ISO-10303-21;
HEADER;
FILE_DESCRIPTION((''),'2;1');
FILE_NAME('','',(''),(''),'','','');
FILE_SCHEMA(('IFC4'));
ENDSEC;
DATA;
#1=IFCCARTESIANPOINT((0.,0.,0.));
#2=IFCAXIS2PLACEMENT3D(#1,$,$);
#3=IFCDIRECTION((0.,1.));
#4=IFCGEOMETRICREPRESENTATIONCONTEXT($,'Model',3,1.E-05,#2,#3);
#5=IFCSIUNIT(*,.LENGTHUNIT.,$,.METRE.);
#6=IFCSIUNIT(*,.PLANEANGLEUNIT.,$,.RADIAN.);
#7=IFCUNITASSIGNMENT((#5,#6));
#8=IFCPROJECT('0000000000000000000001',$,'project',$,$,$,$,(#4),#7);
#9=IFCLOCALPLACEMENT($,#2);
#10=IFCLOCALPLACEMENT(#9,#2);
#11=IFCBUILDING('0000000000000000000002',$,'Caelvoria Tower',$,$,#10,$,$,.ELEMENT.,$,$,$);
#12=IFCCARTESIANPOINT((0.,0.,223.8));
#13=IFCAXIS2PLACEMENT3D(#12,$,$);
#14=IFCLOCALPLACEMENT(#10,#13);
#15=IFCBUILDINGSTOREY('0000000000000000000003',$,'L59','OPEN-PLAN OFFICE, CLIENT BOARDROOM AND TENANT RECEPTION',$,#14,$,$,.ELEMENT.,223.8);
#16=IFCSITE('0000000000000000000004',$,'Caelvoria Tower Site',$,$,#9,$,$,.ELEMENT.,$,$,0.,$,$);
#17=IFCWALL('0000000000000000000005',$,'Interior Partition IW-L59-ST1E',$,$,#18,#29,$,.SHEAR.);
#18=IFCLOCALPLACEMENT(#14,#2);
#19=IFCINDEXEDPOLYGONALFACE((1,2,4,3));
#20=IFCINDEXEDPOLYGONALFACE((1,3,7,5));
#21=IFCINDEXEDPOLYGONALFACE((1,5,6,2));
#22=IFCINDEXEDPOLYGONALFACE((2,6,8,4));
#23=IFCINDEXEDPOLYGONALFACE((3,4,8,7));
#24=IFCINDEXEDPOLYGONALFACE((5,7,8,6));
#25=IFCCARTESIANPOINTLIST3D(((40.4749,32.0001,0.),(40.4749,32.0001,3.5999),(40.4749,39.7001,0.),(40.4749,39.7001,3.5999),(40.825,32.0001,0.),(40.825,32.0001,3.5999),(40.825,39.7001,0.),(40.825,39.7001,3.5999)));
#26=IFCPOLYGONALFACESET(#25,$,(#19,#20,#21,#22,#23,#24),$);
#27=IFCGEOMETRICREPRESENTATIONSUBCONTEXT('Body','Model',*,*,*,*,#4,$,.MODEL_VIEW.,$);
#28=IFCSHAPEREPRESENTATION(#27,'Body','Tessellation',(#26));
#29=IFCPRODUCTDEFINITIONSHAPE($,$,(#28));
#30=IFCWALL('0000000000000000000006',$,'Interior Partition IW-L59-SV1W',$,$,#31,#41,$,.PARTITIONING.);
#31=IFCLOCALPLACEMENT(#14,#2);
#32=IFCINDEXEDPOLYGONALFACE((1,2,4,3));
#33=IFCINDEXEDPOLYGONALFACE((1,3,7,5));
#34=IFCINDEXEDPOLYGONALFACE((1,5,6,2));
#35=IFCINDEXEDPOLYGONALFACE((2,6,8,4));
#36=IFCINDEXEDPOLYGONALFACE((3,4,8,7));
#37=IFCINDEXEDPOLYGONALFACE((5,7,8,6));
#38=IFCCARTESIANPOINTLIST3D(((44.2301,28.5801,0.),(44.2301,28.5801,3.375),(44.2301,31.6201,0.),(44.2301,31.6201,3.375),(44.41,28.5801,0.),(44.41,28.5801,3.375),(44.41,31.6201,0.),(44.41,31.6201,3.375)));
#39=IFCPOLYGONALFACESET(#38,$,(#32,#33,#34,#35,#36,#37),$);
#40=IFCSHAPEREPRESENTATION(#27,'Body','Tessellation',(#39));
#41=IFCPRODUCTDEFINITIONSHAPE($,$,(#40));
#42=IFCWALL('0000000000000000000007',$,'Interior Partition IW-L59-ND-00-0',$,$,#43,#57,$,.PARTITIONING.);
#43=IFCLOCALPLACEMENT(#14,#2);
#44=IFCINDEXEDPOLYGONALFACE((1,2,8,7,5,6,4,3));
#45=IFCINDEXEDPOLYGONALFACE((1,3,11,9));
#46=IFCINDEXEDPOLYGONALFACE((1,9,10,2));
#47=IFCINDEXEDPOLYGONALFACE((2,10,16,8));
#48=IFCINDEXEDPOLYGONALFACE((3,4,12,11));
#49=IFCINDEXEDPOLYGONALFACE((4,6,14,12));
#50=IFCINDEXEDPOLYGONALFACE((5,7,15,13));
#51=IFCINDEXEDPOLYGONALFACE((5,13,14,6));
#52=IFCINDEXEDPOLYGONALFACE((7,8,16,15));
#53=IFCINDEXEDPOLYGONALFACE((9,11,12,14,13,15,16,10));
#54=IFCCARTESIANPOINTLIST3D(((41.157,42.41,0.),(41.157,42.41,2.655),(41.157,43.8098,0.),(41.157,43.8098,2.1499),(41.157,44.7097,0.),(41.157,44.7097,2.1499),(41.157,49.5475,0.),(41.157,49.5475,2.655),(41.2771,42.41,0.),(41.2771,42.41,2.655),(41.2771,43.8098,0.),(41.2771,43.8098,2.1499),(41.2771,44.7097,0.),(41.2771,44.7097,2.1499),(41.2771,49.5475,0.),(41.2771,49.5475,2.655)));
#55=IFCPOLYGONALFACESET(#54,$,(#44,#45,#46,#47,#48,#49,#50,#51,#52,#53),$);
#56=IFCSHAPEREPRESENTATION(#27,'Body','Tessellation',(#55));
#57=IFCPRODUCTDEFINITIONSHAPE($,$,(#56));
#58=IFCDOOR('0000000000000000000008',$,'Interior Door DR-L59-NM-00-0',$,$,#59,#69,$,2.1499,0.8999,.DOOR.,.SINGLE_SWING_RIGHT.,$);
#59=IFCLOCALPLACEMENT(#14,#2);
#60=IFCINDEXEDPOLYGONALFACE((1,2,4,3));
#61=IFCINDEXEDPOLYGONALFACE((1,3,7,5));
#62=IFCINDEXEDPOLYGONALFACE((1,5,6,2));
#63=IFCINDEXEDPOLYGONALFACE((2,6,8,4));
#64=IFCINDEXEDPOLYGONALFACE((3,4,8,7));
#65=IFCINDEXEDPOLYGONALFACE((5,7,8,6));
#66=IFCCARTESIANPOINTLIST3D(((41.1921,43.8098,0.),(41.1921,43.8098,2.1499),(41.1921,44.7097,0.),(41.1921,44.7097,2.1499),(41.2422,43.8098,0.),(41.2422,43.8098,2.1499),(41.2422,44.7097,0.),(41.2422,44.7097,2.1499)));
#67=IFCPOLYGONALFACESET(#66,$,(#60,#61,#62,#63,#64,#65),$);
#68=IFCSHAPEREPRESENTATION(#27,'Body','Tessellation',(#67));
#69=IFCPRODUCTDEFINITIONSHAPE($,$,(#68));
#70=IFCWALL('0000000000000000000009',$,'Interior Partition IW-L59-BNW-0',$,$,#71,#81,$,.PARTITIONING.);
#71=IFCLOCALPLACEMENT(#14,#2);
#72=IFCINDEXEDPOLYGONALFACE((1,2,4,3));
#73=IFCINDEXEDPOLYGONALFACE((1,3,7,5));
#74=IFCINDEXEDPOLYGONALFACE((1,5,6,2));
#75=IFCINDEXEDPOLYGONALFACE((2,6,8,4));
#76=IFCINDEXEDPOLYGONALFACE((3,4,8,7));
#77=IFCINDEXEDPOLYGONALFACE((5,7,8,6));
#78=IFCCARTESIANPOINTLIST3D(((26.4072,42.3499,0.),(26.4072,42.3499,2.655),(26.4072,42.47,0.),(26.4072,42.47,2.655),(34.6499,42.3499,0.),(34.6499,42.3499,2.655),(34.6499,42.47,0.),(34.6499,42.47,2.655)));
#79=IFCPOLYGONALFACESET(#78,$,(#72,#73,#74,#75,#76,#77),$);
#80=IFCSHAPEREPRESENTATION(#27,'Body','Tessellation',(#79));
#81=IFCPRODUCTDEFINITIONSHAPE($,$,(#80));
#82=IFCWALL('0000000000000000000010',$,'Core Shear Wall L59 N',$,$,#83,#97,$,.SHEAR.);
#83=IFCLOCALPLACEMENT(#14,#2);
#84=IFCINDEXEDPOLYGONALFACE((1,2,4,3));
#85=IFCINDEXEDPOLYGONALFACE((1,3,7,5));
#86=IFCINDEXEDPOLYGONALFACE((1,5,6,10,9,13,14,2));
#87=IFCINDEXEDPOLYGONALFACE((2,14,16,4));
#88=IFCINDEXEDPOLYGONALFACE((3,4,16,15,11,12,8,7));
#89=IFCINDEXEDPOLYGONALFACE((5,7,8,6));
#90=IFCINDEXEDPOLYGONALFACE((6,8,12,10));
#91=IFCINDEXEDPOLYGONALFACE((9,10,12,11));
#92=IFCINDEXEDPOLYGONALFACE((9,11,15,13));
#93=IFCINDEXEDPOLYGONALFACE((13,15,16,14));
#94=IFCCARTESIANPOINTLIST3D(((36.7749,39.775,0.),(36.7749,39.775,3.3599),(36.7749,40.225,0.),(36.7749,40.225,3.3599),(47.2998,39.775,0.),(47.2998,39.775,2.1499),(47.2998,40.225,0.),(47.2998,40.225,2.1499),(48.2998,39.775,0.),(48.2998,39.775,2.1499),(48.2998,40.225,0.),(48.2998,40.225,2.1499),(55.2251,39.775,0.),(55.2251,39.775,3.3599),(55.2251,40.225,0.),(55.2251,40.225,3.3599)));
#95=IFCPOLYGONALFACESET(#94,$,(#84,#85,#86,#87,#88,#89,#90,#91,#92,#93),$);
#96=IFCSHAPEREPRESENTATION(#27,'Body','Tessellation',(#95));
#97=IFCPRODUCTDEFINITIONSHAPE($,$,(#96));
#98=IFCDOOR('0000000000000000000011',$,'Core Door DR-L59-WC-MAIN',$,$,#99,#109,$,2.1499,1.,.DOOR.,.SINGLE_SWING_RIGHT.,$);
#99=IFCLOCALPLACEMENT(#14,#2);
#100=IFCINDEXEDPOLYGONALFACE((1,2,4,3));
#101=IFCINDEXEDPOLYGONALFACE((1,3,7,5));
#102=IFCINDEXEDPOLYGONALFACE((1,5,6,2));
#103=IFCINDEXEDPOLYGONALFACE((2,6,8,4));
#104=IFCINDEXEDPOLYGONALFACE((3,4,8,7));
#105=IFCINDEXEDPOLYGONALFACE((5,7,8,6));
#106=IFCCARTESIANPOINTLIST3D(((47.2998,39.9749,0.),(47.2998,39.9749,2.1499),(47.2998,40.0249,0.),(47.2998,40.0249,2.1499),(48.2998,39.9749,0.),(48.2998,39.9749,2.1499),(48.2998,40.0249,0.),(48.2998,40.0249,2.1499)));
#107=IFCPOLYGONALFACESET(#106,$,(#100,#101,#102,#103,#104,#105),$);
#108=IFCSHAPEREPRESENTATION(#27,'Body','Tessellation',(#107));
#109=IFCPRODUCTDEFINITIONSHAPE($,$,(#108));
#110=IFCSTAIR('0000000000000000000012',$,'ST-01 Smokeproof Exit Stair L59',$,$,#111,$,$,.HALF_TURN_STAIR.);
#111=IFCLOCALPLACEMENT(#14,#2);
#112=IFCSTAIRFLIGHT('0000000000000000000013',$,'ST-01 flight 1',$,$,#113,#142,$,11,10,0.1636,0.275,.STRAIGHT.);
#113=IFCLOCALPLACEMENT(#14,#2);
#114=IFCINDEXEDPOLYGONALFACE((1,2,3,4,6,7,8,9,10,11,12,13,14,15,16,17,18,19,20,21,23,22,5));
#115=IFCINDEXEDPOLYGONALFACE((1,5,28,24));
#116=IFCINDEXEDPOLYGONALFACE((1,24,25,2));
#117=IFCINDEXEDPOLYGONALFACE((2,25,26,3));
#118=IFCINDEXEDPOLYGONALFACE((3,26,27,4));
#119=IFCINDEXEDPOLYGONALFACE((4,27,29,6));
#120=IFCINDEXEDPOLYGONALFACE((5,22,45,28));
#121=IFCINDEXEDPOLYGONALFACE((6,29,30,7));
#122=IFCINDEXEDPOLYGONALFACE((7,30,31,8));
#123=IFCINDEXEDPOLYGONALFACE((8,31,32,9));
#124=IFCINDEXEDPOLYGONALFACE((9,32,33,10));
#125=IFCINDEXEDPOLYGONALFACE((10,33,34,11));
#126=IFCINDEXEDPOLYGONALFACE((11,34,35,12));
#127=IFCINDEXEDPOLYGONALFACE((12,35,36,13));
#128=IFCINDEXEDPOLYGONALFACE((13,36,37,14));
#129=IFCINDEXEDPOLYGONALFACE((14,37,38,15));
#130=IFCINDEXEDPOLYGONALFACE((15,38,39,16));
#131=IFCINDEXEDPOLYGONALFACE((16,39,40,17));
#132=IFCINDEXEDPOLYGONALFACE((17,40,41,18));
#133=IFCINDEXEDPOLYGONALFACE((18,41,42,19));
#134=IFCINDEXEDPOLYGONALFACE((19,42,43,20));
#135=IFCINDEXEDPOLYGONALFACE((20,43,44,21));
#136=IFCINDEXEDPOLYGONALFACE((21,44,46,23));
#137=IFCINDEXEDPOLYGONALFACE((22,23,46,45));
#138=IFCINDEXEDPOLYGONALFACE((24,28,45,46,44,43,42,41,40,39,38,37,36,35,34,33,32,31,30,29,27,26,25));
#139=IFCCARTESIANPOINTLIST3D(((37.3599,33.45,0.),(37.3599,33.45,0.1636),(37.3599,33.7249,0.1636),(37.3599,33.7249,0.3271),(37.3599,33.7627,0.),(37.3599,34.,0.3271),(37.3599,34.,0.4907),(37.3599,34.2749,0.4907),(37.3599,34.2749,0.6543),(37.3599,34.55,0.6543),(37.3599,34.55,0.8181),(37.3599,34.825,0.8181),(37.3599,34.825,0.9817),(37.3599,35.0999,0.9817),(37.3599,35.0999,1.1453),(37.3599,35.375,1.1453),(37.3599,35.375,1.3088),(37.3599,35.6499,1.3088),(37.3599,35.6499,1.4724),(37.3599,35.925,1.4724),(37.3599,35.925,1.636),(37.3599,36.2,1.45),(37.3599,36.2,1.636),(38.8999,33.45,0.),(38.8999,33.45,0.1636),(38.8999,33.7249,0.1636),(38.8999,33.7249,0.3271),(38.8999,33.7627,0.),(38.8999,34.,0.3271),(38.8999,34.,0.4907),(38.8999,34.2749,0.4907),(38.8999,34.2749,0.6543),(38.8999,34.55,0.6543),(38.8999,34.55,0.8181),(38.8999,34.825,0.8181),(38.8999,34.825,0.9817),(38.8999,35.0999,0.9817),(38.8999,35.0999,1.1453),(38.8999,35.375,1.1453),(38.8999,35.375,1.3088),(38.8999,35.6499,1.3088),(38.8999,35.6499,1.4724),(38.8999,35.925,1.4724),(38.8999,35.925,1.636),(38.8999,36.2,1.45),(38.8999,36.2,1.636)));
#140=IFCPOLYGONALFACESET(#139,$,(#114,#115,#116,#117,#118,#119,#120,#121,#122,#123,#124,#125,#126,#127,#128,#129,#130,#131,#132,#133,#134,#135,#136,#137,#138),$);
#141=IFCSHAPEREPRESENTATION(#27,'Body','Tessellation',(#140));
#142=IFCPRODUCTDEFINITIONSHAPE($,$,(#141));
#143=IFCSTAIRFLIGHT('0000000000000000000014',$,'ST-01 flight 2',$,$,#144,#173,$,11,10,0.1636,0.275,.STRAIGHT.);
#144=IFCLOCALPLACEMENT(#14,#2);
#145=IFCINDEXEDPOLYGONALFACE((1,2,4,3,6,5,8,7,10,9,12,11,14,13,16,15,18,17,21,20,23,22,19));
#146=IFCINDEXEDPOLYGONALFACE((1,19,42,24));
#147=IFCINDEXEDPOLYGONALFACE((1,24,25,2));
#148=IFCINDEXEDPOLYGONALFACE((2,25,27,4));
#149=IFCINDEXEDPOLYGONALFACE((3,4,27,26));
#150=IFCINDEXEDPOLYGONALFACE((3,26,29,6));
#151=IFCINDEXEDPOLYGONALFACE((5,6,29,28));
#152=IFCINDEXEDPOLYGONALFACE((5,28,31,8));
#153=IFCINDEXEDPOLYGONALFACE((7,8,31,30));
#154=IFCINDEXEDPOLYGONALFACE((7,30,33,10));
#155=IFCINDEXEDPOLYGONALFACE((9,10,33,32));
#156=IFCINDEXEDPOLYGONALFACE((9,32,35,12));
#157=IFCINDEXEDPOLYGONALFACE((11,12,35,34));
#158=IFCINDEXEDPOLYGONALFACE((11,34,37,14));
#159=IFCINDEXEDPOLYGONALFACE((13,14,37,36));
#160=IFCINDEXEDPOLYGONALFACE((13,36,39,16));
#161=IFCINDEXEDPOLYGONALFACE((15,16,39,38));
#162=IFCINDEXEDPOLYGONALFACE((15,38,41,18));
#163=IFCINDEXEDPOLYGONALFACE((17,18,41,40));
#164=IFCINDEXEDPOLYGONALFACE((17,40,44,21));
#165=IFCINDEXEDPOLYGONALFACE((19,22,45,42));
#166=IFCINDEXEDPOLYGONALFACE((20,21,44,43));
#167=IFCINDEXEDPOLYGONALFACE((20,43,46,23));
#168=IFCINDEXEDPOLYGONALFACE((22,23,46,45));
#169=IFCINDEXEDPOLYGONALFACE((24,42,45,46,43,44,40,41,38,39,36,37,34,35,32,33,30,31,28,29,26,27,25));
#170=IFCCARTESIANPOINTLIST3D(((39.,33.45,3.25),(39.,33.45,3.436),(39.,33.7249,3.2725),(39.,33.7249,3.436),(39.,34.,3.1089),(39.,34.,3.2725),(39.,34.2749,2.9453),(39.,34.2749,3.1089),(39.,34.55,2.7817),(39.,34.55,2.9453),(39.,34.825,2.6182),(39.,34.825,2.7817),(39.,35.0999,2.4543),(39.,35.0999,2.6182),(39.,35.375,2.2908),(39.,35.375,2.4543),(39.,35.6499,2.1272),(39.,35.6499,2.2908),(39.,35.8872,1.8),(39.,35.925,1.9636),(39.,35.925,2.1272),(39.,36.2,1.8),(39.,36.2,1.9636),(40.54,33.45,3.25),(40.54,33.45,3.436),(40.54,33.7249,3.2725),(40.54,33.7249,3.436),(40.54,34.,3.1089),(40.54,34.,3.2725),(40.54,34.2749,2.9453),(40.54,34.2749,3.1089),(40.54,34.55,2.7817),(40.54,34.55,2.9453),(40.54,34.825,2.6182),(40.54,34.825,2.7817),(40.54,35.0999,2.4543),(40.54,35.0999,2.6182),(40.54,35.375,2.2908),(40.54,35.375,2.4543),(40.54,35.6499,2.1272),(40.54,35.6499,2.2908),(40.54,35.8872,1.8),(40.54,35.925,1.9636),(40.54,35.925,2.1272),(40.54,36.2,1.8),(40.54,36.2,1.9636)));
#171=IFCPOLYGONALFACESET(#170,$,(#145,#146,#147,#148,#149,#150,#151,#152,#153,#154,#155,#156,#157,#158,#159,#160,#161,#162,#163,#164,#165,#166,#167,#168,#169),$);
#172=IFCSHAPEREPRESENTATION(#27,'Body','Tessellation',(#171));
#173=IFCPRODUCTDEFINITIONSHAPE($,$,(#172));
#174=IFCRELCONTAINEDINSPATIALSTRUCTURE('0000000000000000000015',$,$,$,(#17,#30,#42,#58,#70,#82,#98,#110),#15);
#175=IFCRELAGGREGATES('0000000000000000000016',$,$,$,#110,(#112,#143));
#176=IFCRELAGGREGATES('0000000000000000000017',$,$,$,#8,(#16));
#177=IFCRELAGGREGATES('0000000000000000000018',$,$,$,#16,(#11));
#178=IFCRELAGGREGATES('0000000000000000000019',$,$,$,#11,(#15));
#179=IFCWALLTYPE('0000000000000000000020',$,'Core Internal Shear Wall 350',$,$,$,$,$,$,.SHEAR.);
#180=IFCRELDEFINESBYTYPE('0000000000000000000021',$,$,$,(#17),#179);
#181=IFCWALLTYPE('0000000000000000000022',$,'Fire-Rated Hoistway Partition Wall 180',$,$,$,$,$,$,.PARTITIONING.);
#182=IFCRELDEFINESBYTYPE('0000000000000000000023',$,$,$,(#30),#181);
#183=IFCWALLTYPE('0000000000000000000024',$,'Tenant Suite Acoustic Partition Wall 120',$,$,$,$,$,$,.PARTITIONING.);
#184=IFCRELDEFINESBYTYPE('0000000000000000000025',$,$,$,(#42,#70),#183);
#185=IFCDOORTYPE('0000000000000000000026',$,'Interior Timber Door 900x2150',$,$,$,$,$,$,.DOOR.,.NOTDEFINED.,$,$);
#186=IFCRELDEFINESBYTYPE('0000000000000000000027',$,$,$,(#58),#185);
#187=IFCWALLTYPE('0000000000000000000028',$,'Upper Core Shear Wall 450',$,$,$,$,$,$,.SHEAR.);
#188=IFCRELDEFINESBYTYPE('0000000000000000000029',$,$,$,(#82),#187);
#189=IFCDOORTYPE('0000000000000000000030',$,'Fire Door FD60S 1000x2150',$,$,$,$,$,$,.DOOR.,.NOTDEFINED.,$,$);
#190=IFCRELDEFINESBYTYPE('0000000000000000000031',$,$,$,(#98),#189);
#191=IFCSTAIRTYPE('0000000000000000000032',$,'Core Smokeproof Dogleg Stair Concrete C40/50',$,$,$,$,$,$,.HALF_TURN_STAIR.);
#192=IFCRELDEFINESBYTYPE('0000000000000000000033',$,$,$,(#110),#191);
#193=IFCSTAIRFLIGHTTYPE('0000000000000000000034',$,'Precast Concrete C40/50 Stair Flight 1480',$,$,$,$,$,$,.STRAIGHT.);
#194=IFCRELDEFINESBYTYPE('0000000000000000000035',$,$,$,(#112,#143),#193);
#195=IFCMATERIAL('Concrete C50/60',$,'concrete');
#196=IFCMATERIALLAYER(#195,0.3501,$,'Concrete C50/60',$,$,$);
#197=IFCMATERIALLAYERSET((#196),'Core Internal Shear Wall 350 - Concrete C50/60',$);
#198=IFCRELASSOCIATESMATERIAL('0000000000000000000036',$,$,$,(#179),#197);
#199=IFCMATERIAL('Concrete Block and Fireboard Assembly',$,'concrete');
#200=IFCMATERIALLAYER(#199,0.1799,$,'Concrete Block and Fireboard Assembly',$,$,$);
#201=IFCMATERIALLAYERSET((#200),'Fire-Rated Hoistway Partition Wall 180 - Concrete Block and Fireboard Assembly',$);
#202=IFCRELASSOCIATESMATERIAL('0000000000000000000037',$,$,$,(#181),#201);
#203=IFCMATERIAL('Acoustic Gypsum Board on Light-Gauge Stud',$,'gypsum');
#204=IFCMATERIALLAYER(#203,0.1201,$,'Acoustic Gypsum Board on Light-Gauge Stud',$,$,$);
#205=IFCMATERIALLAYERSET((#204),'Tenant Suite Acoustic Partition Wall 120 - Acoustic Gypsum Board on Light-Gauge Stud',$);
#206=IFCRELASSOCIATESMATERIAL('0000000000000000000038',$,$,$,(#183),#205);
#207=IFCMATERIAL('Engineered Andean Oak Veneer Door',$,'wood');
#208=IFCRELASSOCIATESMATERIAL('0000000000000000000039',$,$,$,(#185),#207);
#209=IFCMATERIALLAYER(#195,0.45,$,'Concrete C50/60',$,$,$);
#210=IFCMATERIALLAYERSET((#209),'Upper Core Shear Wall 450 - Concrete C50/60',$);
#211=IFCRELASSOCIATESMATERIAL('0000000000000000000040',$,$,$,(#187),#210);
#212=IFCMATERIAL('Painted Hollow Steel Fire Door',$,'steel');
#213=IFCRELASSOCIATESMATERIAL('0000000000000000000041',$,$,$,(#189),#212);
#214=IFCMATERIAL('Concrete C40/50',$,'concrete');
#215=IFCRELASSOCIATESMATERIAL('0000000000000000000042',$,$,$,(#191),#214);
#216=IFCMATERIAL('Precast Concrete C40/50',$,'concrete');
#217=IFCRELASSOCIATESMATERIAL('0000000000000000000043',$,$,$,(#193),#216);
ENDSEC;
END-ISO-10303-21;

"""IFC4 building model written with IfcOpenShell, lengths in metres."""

from ifc_helpers import new_model, si_unit, direction, frame, frame_2d, origin, place, context, subcontext, project, spatial, polyline, rectangle, outline, extrude, material, layer, layer_set, type_object, element, fill, aggregate, save


model = new_model("IFC4")

# Units and contexts
model_context = context("Model", 3, precision=1e-05, world=origin(), true_north=direction((0.0, 1.0)))
body_context = subcontext(model_context, "Body", "Model", "MODEL_VIEW")
ifc_project = project(units=[si_unit("LENGTHUNIT", "METRE"), si_unit("PLANEANGLEUNIT", "RADIAN")], contexts=[model_context])

# Site, building, storey
site_placement = place(None, origin())
site = spatial("IfcSite", under=ifc_project, at=site_placement, Name="Caelvoria Tower Site", CompositionType="ELEMENT", RefElevation=0.0)
building_placement = place(site_placement, origin())
building = spatial("IfcBuilding", under=site, at=building_placement, Name="Caelvoria Tower", CompositionType="ELEMENT")
storey_placement = place(building_placement, frame((0.0, 0.0, 223.8)))
storey = spatial("IfcBuildingStorey", under=building, at=storey_placement, Name="L59", Description="OPEN-PLAN OFFICE, CLIENT BOARDROOM AND TENANT RECEPTION", CompositionType="ELEMENT", Elevation=223.8)

# Shared definitions
ifc_material_1 = material(Name="Concrete C50/60", Category="concrete")
ifc_layer_1 = layer(ifc_material_1, 0.3501, Name="Concrete C50/60")
ifc_layer_set_1 = layer_set([ifc_layer_1], Name="Core Internal Shear Wall 350 - Concrete C50/60")
wall_type_1 = type_object("IfcWallType", Name="Core Internal Shear Wall 350", PredefinedType="SHEAR", material=ifc_layer_set_1)
ifc_material_2 = material(Name="Painted Hollow Steel Fire Door", Category="steel")

# Walls
wall_1_placement = place(storey_placement, frame((40.6499, 32.0, 0.0), z_axis=(0.0, 0.0, 1.0), x_axis=(0.0, 1.0, 0.0)))
element("IfcWall", 1, at=wall_1_placement, inside=storey, type_object=wall_type_1, Name="Interior Partition IW-L59-ST1E", PredefinedType="SHEAR", context=body_context, shape_type="SweptSolid", body=[
    extrude(rectangle(XDim=7.7, YDim=0.3501, at=frame_2d((3.8501, 0.0))), origin(), (0.0, 0.0, 1.0), 3.5999),
])
ifc_material_3 = material(Name="Concrete Block and Fireboard Assembly", Category="concrete")
ifc_layer_2 = layer(ifc_material_3, 0.1799, Name="Concrete Block and Fireboard Assembly")
ifc_layer_set_2 = layer_set([ifc_layer_2], Name="Fire-Rated Hoistway Partition Wall 180 - Concrete Block and Fireboard Assembly")
wall_type_2 = type_object("IfcWallType", Name="Fire-Rated Hoistway Partition Wall 180", PredefinedType="PARTITIONING", material=ifc_layer_set_2)
wall_2_placement = place(storey_placement, frame((44.3201, 28.5801, 0.0), z_axis=(0.0, 0.0, 1.0), x_axis=(0.0, 1.0, 0.0)))
element("IfcWall", 2, at=wall_2_placement, inside=storey, type_object=wall_type_2, Name="Interior Partition IW-L59-SV1W", PredefinedType="PARTITIONING", context=body_context, shape_type="SweptSolid", body=[
    extrude(rectangle(XDim=3.04, YDim=0.1799, at=frame_2d((1.52, 0.0))), origin(), (0.0, 0.0, 1.0), 3.375),
])

# Wall, opening, door
ifc_material_4 = material(Name="Acoustic Gypsum Board on Light-Gauge Stud", Category="gypsum")
ifc_layer_3 = layer(ifc_material_4, 0.1201, Name="Acoustic Gypsum Board on Light-Gauge Stud")
ifc_layer_set_3 = layer_set([ifc_layer_3], Name="Tenant Suite Acoustic Partition Wall 120 - Acoustic Gypsum Board on Light-Gauge Stud")
wall_type_3 = type_object("IfcWallType", Name="Tenant Suite Acoustic Partition Wall 120", PredefinedType="PARTITIONING", material=ifc_layer_set_3)
wall_3_placement = place(storey_placement, frame((41.217, 42.4099, 0.0), z_axis=(0.0, 0.0, 1.0), x_axis=(0.0, 1.0, 0.0)))
wall_3 = element("IfcWall", 3, at=wall_3_placement, inside=storey, type_object=wall_type_3, Name="Interior Partition IW-L59-ND-00-0", PredefinedType="PARTITIONING", context=body_context, shape_type="SweptSolid", body=[
    extrude(rectangle(XDim=7.1375, YDim=0.1201, at=frame_2d((3.5688, 0.0))), origin(), (0.0, 0.0, 1.0), 2.655),
])
opening_1_placement = place(wall_3_placement, frame((1.3999, 0.0, 0.0)))
opening_1 = element("IfcOpeningElement", 4, at=opening_1_placement, cuts=wall_3, PredefinedType="OPENING", context=body_context, shape_type="SweptSolid", body=[
    extrude(rectangle(XDim=0.8999, YDim=2.1499, at=frame_2d((0.45, 1.075))), frame((0.0, 0.0701, 0.0), z_axis=(0.0, -1.0, 0.0), x_axis=(1.0, 0.0, 0.0)), (0.0, 0.0, 1.0), 0.1401),
])
ifc_material_5 = material(Name="Engineered Andean Oak Veneer Door", Category="wood")
door_type_1 = type_object("IfcDoorType", Name="Interior Timber Door 900x2150", OperationType="NOTDEFINED", PredefinedType="DOOR", material=ifc_material_5)
door_1_placement = place(opening_1_placement, origin())
door_1 = element("IfcDoor", 5, at=door_1_placement, inside=storey, type_object=door_type_1, Name="Interior Door DR-L59-NM-00-0", OperationType="SINGLE_SWING_RIGHT", OverallHeight=2.1499, OverallWidth=0.8999, PredefinedType="DOOR", context=body_context, shape_type="SweptSolid", body=[
    extrude(rectangle(XDim=0.8999, YDim=2.1499, at=frame_2d((0.45, 1.075))), frame((0.0, 0.0249, 0.0), z_axis=(0.0, -1.0, 0.0), x_axis=(1.0, 0.0, 0.0)), (0.0, 0.0, 1.0), 0.05),
])
fill(opening_1, door_1)

# Wall
wall_4_placement = place(storey_placement, frame((34.6499, 42.4099, 0.0), z_axis=(0.0, 0.0, 1.0), x_axis=(-1.0, 0.0, 0.0)))
element("IfcWall", 6, at=wall_4_placement, inside=storey, type_object=wall_type_3, Name="Interior Partition IW-L59-BNW-0", PredefinedType="PARTITIONING", context=body_context, shape_type="SweptSolid", body=[
    extrude(rectangle(XDim=8.2427, YDim=0.1201, at=frame_2d((4.1213, 0.0))), origin(), (0.0, 0.0, 1.0), 2.655),
])

# Wall, opening, door
ifc_layer_4 = layer(ifc_material_1, 0.45, Name="Concrete C50/60")
ifc_layer_set_4 = layer_set([ifc_layer_4], Name="Upper Core Shear Wall 450 - Concrete C50/60")
wall_type_4 = type_object("IfcWallType", Name="Upper Core Shear Wall 450", PredefinedType="SHEAR", material=ifc_layer_set_4)
wall_5_placement = place(storey_placement, frame((36.7749, 40.0, 0.0), z_axis=(0.0, 0.0, 1.0), x_axis=(1.0, 0.0, 0.0)))
wall_5 = element("IfcWall", 7, at=wall_5_placement, inside=storey, type_object=wall_type_4, Name="Core Shear Wall L59 N", PredefinedType="SHEAR", context=body_context, shape_type="SweptSolid", body=[
    extrude(rectangle(XDim=18.4502, YDim=0.45, at=frame_2d((9.2251, 0.0))), origin(), (0.0, 0.0, 1.0), 3.3599),
])
opening_2_placement = place(wall_5_placement, frame((10.5249, 0.0, 0.0)))
opening_2 = element("IfcOpeningElement", 8, at=opening_2_placement, cuts=wall_5, PredefinedType="OPENING", context=body_context, shape_type="SweptSolid", body=[
    extrude(rectangle(XDim=1.0, YDim=2.1499, at=frame_2d((0.5, 1.075))), frame((0.0, 0.2349, 0.0), z_axis=(0.0, -1.0, 0.0), x_axis=(1.0, 0.0, 0.0)), (0.0, 0.0, 1.0), 0.47),
])
door_type_2 = type_object("IfcDoorType", Name="Fire Door FD60S 1000x2150", OperationType="NOTDEFINED", PredefinedType="DOOR", material=ifc_material_2)
door_2_placement = place(opening_2_placement, origin())
door_2 = element("IfcDoor", 9, at=door_2_placement, inside=storey, type_object=door_type_2, Name="Core Door DR-L59-WC-MAIN", OperationType="SINGLE_SWING_RIGHT", OverallHeight=2.1499, OverallWidth=1.0, PredefinedType="DOOR", context=body_context, shape_type="SweptSolid", body=[
    extrude(rectangle(XDim=1.0, YDim=2.1499, at=frame_2d((0.5, 1.075))), frame((0.0, 0.0249, 0.0), z_axis=(0.0, -1.0, 0.0), x_axis=(1.0, 0.0, 0.0)), (0.0, 0.0, 1.0), 0.05),
])
fill(opening_2, door_2)

# Stair, stair flights
ifc_material_6 = material(Name="Concrete C40/50", Category="concrete")
stair_type = type_object("IfcStairType", Name="Core Smokeproof Dogleg Stair Concrete C40/50", PredefinedType="HALF_TURN_STAIR", material=ifc_material_6)
stair_placement = place(storey_placement, origin())
stair = element("IfcStair", 10, at=stair_placement, inside=storey, type_object=stair_type, Name="ST-01 Smokeproof Exit Stair L59", PredefinedType="HALF_TURN_STAIR")
ifc_material_7 = material(Name="Precast Concrete C40/50", Category="concrete")
stair_flight_type = type_object("IfcStairFlightType", Name="Precast Concrete C40/50 Stair Flight 1480", PredefinedType="STRAIGHT", material=ifc_material_7)
stair_flight_1_placement = place(storey_placement, frame((38.1299, 33.45, 0.0), z_axis=(0.0, 0.0, 1.0), x_axis=(0.0, 1.0, 0.0)))
stair_flight_1 = element("IfcStairFlight", 11, at=stair_flight_1_placement, type_object=stair_flight_type, Name="ST-01 flight 1", NumberOfRisers=11, NumberOfTreads=10, PredefinedType="STRAIGHT", RiserHeight=0.1636, TreadLength=0.275, context=body_context, shape_type="SweptSolid", body=[
    extrude(outline(polyline([(0.0, 0.0), (0.0, 0.1636), (0.2749, 0.1636), (0.2749, 0.3271), (0.55, 0.3271), (0.55, 0.4907), (0.825, 0.4907), (0.825, 0.6543), (1.1001, 0.6543), (1.1001, 0.8181), (1.375, 0.8181), (1.375, 0.9817), (1.6499, 0.9817), (1.6499, 1.1453), (1.925, 1.1453), (1.925, 1.3088), (2.2, 1.3088), (2.2, 1.4724), (2.4751, 1.4724), (2.4751, 1.636), (2.75, 1.636), (2.75, 1.7996), (2.75, 1.45), (0.3127, 0.0), (0.0, 0.0)])), frame((0.0, 0.77, 0.0), z_axis=(0.0, -1.0, 0.0), x_axis=(1.0, 0.0, 0.0)), (0.0, 0.0, 1.0), 1.54),
])
stair_flight_2_placement = place(storey_placement, frame((39.77, 36.2, 1.8), z_axis=(0.0, 0.0, 1.0), x_axis=(0.0, -1.0, 0.0)))
stair_flight_2 = element("IfcStairFlight", 12, at=stair_flight_2_placement, type_object=stair_flight_type, Name="ST-01 flight 2", NumberOfRisers=11, NumberOfTreads=10, PredefinedType="STRAIGHT", RiserHeight=0.1636, TreadLength=0.275, context=body_context, shape_type="SweptSolid", body=[
    extrude(outline(polyline([(0.0, 0.0), (0.0, 0.1636), (0.2749, 0.1636), (0.2749, 0.3271), (0.55, 0.3271), (0.55, 0.4907), (0.825, 0.4907), (0.825, 0.6543), (1.1001, 0.6543), (1.1001, 0.8181), (1.375, 0.8181), (1.375, 0.9817), (1.6499, 0.9817), (1.6499, 1.1453), (1.925, 1.1453), (1.925, 1.3088), (2.2, 1.3088), (2.2, 1.4724), (2.4751, 1.4724), (2.4751, 1.636), (2.75, 1.636), (2.75, 1.7996), (2.75, 1.45), (0.3127, 0.0), (0.0, 0.0)])), frame((0.0, 0.77, 0.0), z_axis=(0.0, -1.0, 0.0), x_axis=(1.0, 0.0, 0.0)), (0.0, 0.0, 1.0), 1.54),
])
aggregate(stair, [stair_flight_1, stair_flight_2])

save(model, "model.ifc")
